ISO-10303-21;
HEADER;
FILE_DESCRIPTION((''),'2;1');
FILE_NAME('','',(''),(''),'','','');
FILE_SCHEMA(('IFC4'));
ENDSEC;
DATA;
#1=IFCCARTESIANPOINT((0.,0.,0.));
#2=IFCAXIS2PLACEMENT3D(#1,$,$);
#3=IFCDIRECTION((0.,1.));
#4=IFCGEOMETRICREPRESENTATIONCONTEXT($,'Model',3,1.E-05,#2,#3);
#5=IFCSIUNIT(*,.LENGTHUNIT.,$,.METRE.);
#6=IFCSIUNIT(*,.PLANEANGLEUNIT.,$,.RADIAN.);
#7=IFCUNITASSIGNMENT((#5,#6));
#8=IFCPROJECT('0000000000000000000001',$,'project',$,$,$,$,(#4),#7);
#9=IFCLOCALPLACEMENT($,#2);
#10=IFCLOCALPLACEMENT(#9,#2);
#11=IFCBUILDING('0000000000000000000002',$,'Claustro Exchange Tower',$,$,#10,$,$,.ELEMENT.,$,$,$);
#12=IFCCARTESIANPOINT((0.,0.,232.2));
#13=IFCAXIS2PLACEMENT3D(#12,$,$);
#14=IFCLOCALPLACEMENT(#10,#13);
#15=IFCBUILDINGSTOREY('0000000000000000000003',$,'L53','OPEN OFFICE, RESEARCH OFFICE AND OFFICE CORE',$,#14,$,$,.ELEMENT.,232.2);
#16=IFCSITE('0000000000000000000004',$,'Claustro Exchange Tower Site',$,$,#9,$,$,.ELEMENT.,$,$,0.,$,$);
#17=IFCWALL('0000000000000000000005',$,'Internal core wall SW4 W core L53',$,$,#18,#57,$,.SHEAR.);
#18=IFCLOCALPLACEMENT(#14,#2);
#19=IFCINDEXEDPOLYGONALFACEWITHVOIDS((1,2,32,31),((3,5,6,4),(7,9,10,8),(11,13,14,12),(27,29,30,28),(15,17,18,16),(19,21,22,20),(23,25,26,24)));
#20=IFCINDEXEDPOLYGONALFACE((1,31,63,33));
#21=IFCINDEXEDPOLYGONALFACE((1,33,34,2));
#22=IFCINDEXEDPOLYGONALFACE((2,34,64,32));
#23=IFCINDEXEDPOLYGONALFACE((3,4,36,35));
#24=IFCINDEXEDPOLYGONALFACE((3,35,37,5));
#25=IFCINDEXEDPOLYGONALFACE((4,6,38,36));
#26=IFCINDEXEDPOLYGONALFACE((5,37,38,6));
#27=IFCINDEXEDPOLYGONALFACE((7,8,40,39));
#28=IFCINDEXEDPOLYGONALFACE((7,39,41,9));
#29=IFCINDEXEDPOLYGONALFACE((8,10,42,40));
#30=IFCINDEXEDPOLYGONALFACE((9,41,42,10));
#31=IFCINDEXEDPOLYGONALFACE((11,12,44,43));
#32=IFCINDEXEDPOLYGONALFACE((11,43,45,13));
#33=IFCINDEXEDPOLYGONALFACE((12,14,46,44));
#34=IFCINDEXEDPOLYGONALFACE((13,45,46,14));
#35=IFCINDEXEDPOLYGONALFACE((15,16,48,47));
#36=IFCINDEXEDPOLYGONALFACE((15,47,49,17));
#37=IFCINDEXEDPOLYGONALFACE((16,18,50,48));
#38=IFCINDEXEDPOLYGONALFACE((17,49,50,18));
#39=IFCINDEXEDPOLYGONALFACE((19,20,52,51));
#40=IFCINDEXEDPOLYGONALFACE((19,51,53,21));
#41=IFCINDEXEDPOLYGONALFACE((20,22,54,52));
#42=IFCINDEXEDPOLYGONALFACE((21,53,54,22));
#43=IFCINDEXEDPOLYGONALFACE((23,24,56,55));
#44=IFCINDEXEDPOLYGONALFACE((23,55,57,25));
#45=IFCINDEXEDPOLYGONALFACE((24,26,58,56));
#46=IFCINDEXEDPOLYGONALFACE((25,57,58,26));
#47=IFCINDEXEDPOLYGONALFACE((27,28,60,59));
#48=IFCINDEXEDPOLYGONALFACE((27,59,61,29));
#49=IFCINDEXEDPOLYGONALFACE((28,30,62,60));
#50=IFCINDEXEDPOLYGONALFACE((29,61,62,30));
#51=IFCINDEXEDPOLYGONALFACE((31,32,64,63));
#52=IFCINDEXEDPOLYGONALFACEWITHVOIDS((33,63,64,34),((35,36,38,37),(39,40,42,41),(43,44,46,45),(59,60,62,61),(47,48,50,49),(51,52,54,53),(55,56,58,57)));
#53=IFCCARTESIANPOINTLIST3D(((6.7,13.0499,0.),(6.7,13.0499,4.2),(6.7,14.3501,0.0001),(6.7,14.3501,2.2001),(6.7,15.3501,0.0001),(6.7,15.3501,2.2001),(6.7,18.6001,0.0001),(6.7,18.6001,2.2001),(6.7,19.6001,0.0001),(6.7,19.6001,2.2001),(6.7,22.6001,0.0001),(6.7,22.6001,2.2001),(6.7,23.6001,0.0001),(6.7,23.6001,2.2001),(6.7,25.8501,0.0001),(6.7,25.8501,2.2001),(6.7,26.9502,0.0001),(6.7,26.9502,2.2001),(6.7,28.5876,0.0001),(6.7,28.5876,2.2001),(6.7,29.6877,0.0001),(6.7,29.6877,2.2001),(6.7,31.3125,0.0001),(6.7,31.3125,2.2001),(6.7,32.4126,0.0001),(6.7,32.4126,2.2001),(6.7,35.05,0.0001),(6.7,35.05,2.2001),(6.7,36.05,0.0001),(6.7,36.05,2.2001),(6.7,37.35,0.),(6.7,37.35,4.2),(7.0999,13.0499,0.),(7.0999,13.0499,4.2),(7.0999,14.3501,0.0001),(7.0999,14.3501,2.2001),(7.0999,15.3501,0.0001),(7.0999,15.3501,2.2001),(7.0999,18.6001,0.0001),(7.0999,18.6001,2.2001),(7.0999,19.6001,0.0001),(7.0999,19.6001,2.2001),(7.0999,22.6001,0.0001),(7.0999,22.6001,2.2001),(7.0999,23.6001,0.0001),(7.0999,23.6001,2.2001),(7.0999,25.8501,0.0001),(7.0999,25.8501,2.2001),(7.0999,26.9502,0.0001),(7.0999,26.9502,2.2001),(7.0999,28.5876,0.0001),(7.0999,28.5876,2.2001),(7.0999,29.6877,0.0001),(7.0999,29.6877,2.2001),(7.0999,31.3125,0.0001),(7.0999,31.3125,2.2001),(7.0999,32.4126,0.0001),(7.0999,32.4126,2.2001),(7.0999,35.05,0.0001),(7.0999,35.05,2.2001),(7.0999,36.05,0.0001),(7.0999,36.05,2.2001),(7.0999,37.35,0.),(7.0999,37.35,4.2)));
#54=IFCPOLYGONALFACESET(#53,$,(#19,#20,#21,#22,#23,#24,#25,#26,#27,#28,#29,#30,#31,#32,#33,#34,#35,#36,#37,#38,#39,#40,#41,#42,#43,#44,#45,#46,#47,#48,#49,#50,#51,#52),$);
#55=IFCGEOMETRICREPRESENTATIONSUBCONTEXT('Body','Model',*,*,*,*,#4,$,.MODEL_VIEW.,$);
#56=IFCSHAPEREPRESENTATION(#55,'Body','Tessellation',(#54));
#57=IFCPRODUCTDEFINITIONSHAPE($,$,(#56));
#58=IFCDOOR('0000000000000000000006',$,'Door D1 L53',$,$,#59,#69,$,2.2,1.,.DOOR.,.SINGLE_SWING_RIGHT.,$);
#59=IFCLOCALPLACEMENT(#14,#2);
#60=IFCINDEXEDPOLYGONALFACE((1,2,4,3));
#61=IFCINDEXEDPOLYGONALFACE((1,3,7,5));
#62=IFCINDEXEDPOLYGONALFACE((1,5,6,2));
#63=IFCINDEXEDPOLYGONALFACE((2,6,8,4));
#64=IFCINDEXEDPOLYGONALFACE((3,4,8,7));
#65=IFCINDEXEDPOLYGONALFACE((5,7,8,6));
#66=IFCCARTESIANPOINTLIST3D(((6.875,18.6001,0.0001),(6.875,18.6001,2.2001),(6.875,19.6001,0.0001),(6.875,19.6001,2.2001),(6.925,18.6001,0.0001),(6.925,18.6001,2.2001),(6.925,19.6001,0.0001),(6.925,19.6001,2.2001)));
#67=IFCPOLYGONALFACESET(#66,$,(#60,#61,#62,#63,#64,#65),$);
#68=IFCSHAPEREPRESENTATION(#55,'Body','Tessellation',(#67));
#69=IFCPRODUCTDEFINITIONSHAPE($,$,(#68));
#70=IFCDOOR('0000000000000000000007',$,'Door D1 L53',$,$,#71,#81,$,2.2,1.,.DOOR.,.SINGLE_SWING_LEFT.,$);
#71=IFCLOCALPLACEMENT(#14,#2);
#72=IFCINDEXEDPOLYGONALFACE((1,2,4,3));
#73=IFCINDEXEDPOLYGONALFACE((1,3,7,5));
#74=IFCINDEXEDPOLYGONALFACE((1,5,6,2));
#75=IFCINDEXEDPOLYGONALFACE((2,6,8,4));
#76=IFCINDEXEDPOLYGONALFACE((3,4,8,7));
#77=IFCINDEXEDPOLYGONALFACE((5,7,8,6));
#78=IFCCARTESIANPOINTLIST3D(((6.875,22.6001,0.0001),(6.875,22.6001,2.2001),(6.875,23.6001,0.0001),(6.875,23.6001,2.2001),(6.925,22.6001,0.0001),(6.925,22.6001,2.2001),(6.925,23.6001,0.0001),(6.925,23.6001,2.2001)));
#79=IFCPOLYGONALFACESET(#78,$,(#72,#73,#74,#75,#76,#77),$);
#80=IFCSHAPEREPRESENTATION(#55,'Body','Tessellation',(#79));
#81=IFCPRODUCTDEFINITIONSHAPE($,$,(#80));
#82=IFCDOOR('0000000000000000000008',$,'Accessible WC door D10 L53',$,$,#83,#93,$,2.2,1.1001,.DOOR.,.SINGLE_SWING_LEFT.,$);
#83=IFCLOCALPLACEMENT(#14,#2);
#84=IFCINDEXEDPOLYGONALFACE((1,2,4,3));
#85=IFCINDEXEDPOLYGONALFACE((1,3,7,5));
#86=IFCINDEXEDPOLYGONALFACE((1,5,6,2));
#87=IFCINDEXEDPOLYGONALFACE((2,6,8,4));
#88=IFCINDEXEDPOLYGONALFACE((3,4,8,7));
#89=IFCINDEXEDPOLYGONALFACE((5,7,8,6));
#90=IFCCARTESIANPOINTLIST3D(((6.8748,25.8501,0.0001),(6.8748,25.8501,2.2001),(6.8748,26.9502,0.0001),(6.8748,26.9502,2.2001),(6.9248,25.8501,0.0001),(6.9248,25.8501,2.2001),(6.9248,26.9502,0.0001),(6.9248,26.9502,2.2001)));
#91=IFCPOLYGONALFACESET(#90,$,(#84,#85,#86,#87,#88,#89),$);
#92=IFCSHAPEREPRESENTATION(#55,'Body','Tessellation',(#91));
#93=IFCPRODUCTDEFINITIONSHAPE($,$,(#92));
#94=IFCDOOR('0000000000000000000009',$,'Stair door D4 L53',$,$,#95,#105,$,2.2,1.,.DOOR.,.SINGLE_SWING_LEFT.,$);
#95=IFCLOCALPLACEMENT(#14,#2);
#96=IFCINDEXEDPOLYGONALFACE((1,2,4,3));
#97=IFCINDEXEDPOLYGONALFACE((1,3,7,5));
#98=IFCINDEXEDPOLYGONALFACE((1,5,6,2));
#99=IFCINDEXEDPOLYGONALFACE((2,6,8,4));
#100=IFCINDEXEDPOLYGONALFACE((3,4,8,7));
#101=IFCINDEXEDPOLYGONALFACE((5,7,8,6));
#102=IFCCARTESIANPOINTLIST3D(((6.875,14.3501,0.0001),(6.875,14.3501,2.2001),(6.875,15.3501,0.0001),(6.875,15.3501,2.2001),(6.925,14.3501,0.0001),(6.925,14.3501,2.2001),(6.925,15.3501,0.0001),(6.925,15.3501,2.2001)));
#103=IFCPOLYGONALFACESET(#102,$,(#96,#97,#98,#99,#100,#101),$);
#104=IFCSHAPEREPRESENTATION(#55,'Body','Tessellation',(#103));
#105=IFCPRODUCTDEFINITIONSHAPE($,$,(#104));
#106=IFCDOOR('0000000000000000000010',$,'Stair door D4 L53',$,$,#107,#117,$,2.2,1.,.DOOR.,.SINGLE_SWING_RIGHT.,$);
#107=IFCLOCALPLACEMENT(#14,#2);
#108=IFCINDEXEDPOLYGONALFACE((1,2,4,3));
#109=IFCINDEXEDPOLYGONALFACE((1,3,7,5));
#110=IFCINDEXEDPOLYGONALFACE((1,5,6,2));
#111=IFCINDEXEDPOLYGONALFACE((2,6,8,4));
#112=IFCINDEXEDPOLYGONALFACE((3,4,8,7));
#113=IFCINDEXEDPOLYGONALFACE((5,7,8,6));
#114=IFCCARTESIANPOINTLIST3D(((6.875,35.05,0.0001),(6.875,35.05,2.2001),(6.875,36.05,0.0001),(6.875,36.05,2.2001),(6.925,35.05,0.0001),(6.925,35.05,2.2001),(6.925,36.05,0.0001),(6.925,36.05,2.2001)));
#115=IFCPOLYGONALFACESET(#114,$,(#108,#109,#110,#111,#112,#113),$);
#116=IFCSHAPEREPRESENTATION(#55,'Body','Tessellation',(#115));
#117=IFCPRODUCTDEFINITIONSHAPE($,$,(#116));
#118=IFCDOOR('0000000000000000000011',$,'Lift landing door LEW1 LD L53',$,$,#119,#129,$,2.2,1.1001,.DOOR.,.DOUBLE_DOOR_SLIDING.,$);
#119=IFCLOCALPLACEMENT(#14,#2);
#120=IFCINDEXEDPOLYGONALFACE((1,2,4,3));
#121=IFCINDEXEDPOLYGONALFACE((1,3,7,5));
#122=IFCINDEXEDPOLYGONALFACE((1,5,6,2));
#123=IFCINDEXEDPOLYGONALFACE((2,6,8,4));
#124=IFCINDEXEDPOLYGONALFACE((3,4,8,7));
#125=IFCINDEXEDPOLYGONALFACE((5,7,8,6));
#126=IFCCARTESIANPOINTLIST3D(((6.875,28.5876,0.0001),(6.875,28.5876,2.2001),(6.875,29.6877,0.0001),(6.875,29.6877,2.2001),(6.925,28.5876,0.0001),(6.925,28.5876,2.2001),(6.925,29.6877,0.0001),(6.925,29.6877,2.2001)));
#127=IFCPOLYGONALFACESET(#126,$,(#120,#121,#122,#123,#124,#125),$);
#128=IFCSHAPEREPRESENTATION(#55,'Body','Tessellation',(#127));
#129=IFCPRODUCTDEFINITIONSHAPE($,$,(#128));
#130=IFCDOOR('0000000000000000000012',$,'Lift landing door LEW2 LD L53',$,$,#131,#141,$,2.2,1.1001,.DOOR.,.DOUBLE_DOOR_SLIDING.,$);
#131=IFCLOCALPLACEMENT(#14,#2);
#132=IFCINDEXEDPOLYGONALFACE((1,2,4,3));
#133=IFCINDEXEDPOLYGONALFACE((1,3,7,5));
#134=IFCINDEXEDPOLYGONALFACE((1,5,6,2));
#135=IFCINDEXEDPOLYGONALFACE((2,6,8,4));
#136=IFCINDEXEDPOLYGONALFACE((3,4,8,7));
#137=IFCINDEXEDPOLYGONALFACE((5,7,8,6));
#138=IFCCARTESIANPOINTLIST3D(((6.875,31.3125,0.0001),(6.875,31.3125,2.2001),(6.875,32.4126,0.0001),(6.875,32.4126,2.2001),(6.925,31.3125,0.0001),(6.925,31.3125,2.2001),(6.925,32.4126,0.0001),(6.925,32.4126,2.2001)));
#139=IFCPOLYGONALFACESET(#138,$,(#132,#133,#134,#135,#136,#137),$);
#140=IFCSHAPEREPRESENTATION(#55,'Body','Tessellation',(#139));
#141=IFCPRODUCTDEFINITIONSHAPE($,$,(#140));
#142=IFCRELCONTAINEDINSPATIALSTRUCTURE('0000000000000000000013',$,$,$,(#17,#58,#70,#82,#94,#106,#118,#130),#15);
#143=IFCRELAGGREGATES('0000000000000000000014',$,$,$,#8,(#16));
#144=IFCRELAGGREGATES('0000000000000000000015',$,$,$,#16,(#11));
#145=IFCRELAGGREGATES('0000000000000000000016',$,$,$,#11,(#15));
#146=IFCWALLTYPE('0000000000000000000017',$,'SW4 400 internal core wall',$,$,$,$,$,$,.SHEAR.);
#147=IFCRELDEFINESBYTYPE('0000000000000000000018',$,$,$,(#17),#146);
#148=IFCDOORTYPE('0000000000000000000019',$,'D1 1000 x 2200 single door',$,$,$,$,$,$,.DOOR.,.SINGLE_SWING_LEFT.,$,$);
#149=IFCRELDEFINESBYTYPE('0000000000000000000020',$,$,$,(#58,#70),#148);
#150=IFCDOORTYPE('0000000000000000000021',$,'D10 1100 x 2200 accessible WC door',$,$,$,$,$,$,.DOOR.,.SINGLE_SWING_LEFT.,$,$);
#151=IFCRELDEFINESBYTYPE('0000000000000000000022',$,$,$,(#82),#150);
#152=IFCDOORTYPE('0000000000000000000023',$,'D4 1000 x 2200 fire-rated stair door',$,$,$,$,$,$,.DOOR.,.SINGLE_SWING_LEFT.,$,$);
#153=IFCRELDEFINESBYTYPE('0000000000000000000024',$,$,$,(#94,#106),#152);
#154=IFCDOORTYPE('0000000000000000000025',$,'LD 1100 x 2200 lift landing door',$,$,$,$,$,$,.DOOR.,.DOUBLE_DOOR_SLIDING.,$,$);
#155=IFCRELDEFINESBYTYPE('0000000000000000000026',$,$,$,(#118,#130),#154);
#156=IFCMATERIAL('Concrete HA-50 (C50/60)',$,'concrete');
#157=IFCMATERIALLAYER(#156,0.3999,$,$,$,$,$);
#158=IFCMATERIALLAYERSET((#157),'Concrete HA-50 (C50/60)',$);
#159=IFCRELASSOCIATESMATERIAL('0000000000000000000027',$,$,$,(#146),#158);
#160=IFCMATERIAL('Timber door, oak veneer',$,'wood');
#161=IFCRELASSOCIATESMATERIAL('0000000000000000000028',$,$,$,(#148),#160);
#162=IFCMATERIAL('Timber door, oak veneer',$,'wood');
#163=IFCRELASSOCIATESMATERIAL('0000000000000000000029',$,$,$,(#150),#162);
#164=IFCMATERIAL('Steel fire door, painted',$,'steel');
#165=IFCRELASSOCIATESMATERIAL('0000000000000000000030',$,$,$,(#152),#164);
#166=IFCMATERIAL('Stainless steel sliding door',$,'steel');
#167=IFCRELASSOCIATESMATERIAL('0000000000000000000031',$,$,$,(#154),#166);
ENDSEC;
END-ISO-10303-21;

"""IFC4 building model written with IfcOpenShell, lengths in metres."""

from ifc_helpers import new_model, si_unit, direction, frame, frame_2d, origin, place, context, subcontext, project, spatial, rectangle, extrude, material, layer, layer_set, type_object, element, fill, save


model = new_model("IFC4")

# Units and contexts
model_context = context("Model", 3, precision=1e-05, world=origin(), true_north=direction((0.0, 1.0)))
body_context = subcontext(model_context, "Body", "Model", "MODEL_VIEW")
ifc_project = project(units=[si_unit("LENGTHUNIT", "METRE"), si_unit("PLANEANGLEUNIT", "RADIAN")], contexts=[model_context])

# Site, building, storey
site_placement = place(None, origin())
site = spatial("IfcSite", under=ifc_project, at=site_placement, Name="Claustro Exchange Tower Site", CompositionType="ELEMENT", RefElevation=0.0)
building_placement = place(site_placement, origin())
building = spatial("IfcBuilding", under=site, at=building_placement, Name="Claustro Exchange Tower", CompositionType="ELEMENT")
storey_placement = place(building_placement, frame((0.0, 0.0, 232.2)))
storey = spatial("IfcBuildingStorey", under=building, at=storey_placement, Name="L53", Description="OPEN OFFICE, RESEARCH OFFICE AND OFFICE CORE", CompositionType="ELEMENT", Elevation=232.2)

# Wall, openings, doors
ifc_material_1 = material(Name="Concrete HA-50 (C50/60)", Category="concrete")
ifc_layer_1 = layer(ifc_material_1, 0.3999)
ifc_layer_set_1 = layer_set([ifc_layer_1], Name="Concrete HA-50 (C50/60)")
wall_type_1 = type_object("IfcWallType", Name="SW4 400 internal core wall", PredefinedType="SHEAR", material=ifc_layer_set_1)
wall_1_placement = place(storey_placement, frame((6.8999, 13.05, 0.0), z_axis=(0.0, 0.0, 1.0), x_axis=(0.0, 1.0, 0.0)))
wall_1 = element("IfcWall", 1, at=wall_1_placement, inside=storey, type_object=wall_type_1, Name="Internal core wall SW4 W core L53", PredefinedType="SHEAR", context=body_context, shape_type="SweptSolid", body=[
    extrude(rectangle(XDim=24.3, YDim=0.3999, at=frame_2d((12.1499, 0.0))), origin(), (0.0, 0.0, 1.0), 4.2),
])
opening_1_placement = place(wall_1_placement, frame((1.3, 0.0, 0.0)))
opening_1 = element("IfcOpeningElement", 2, at=opening_1_placement, cuts=wall_1, PredefinedType="OPENING", context=body_context, shape_type="SweptSolid", body=[
    extrude(rectangle(XDim=1.0, YDim=2.2, at=frame_2d((0.5, 1.1001))), frame((0.0, 0.21, 0.0), z_axis=(0.0, -1.0, 0.0), x_axis=(1.0, 0.0, 0.0)), (0.0, 0.0, 1.0), 0.4199),
])
opening_2_placement = place(wall_1_placement, frame((22.0, 0.0, 0.0)))
opening_2 = element("IfcOpeningElement", 3, at=opening_2_placement, cuts=wall_1, PredefinedType="OPENING", context=body_context, shape_type="SweptSolid", body=[
    extrude(rectangle(XDim=1.0, YDim=2.2, at=frame_2d((0.5, 1.1001))), frame((0.0, 0.21, 0.0), z_axis=(0.0, -1.0, 0.0), x_axis=(1.0, 0.0, 0.0)), (0.0, 0.0, 1.0), 0.4199),
])
opening_3_placement = place(wall_1_placement, frame((5.55, 0.0, 0.0)))
opening_3 = element("IfcOpeningElement", 4, at=opening_3_placement, cuts=wall_1, PredefinedType="OPENING", context=body_context, shape_type="SweptSolid", body=[
    extrude(rectangle(XDim=1.0, YDim=2.2, at=frame_2d((0.5, 1.1001))), frame((0.0, 0.21, 0.0), z_axis=(0.0, -1.0, 0.0), x_axis=(1.0, 0.0, 0.0)), (0.0, 0.0, 1.0), 0.4199),
])
opening_4_placement = place(wall_1_placement, frame((9.55, 0.0, 0.0)))
opening_4 = element("IfcOpeningElement", 5, at=opening_4_placement, cuts=wall_1, PredefinedType="OPENING", context=body_context, shape_type="SweptSolid", body=[
    extrude(rectangle(XDim=1.0, YDim=2.2, at=frame_2d((0.5, 1.1001))), frame((0.0, 0.21, 0.0), z_axis=(0.0, -1.0, 0.0), x_axis=(1.0, 0.0, 0.0)), (0.0, 0.0, 1.0), 0.4199),
])
opening_5_placement = place(wall_1_placement, frame((12.8, 0.0, 0.0)))
opening_5 = element("IfcOpeningElement", 6, at=opening_5_placement, cuts=wall_1, PredefinedType="OPENING", context=body_context, shape_type="SweptSolid", body=[
    extrude(rectangle(XDim=1.1001, YDim=2.2, at=frame_2d((0.55, 1.1001))), frame((0.0, 0.21, 0.0), z_axis=(0.0, -1.0, 0.0), x_axis=(1.0, 0.0, 0.0)), (0.0, 0.0, 1.0), 0.4199),
])
opening_6_placement = place(wall_1_placement, frame((15.5376, 0.0, 0.0)))
opening_6 = element("IfcOpeningElement", 7, at=opening_6_placement, cuts=wall_1, PredefinedType="OPENING", context=body_context, shape_type="SweptSolid", body=[
    extrude(rectangle(XDim=1.1001, YDim=2.2, at=frame_2d((0.55, 1.1001))), frame((0.0, 0.21, 0.0), z_axis=(0.0, -1.0, 0.0), x_axis=(1.0, 0.0, 0.0)), (0.0, 0.0, 1.0), 0.4199),
])
opening_7_placement = place(wall_1_placement, frame((18.2625, 0.0, 0.0)))
opening_7 = element("IfcOpeningElement", 8, at=opening_7_placement, cuts=wall_1, PredefinedType="OPENING", context=body_context, shape_type="SweptSolid", body=[
    extrude(rectangle(XDim=1.1001, YDim=2.2, at=frame_2d((0.55, 1.1001))), frame((0.0, 0.21, 0.0), z_axis=(0.0, -1.0, 0.0), x_axis=(1.0, 0.0, 0.0)), (0.0, 0.0, 1.0), 0.4199),
])
ifc_material_2 = material(Name="Timber door, oak veneer", Category="wood")
door_type_1 = type_object("IfcDoorType", Name="D1 1000 x 2200 single door", OperationType="SINGLE_SWING_LEFT", PredefinedType="DOOR", material=ifc_material_2)
door_1_placement = place(opening_3_placement, origin())
door_1 = element("IfcDoor", 9, at=door_1_placement, inside=storey, type_object=door_type_1, Name="Door D1 L53", OperationType="SINGLE_SWING_RIGHT", OverallHeight=2.2, OverallWidth=1.0, PredefinedType="DOOR", context=body_context, shape_type="SweptSolid", body=[
    extrude(rectangle(XDim=1.0, YDim=2.2, at=frame_2d((0.5, 1.1001))), frame((0.0, 0.0249, 0.0), z_axis=(0.0, -1.0, 0.0), x_axis=(1.0, 0.0, 0.0)), (0.0, 0.0, 1.0), 0.05),
])
fill(opening_3, door_1)
door_2_placement = place(opening_4_placement, origin())
door_2 = element("IfcDoor", 10, at=door_2_placement, inside=storey, type_object=door_type_1, Name="Door D1 L53", OperationType="SINGLE_SWING_LEFT", OverallHeight=2.2, OverallWidth=1.0, PredefinedType="DOOR", context=body_context, shape_type="SweptSolid", body=[
    extrude(rectangle(XDim=1.0, YDim=2.2, at=frame_2d((0.5, 1.1001))), frame((0.0, 0.0249, 0.0), z_axis=(0.0, -1.0, 0.0), x_axis=(1.0, 0.0, 0.0)), (0.0, 0.0, 1.0), 0.05),
])
fill(opening_4, door_2)
ifc_material_3 = material(Name="Timber door, oak veneer", Category="wood")
door_type_2 = type_object("IfcDoorType", Name="D10 1100 x 2200 accessible WC door", OperationType="SINGLE_SWING_LEFT", PredefinedType="DOOR", material=ifc_material_3)
door_3_placement = place(opening_5_placement, frame((1.1001, 0.0, 0.0), z_axis=(0.0, 0.0, 1.0), x_axis=(-1.0, 0.0, 0.0)))
door_3 = element("IfcDoor", 11, at=door_3_placement, inside=storey, type_object=door_type_2, Name="Accessible WC door D10 L53", OperationType="SINGLE_SWING_LEFT", OverallHeight=2.2, OverallWidth=1.1001, PredefinedType="DOOR", context=body_context, shape_type="SweptSolid", body=[
    extrude(rectangle(XDim=1.1001, YDim=2.2, at=frame_2d((0.55, 1.1001))), frame((0.0, 0.0249, 0.0), z_axis=(0.0, -1.0, 0.0), x_axis=(1.0, 0.0, 0.0)), (0.0, 0.0, 1.0), 0.05),
])
fill(opening_5, door_3)
ifc_material_4 = material(Name="Steel fire door, painted", Category="steel")
door_type_3 = type_object("IfcDoorType", Name="D4 1000 x 2200 fire-rated stair door", OperationType="SINGLE_SWING_LEFT", PredefinedType="DOOR", material=ifc_material_4)
door_4_placement = place(opening_1_placement, origin())
door_4 = element("IfcDoor", 12, at=door_4_placement, inside=storey, type_object=door_type_3, Name="Stair door D4 L53", OperationType="SINGLE_SWING_LEFT", OverallHeight=2.2, OverallWidth=1.0, PredefinedType="DOOR", context=body_context, shape_type="SweptSolid", body=[
    extrude(rectangle(XDim=1.0, YDim=2.2, at=frame_2d((0.5, 1.1001))), frame((0.0, 0.0249, 0.0), z_axis=(0.0, -1.0, 0.0), x_axis=(1.0, 0.0, 0.0)), (0.0, 0.0, 1.0), 0.05),
])
fill(opening_1, door_4)
door_5_placement = place(opening_2_placement, origin())
door_5 = element("IfcDoor", 13, at=door_5_placement, inside=storey, type_object=door_type_3, Name="Stair door D4 L53", OperationType="SINGLE_SWING_RIGHT", OverallHeight=2.2, OverallWidth=1.0, PredefinedType="DOOR", context=body_context, shape_type="SweptSolid", body=[
    extrude(rectangle(XDim=1.0, YDim=2.2, at=frame_2d((0.5, 1.1001))), frame((0.0, 0.0249, 0.0), z_axis=(0.0, -1.0, 0.0), x_axis=(1.0, 0.0, 0.0)), (0.0, 0.0, 1.0), 0.05),
])
fill(opening_2, door_5)
ifc_material_5 = material(Name="Stainless steel sliding door", Category="steel")
door_type_4 = type_object("IfcDoorType", Name="LD 1100 x 2200 lift landing door", OperationType="DOUBLE_DOOR_SLIDING", PredefinedType="DOOR", material=ifc_material_5)
door_6_placement = place(opening_6_placement, origin())
door_6 = element("IfcDoor", 14, at=door_6_placement, inside=storey, type_object=door_type_4, Name="Lift landing door LEW1 LD L53", OperationType="DOUBLE_DOOR_SLIDING", OverallHeight=2.2, OverallWidth=1.1001, PredefinedType="DOOR", context=body_context, shape_type="SweptSolid", body=[
    extrude(rectangle(XDim=1.1001, YDim=2.2, at=frame_2d((0.55, 1.1001))), frame((0.0, 0.0249, 0.0), z_axis=(0.0, -1.0, 0.0), x_axis=(1.0, 0.0, 0.0)), (0.0, 0.0, 1.0), 0.05),
])
fill(opening_6, door_6)
door_7_placement = place(opening_7_placement, origin())
door_7 = element("IfcDoor", 15, at=door_7_placement, inside=storey, type_object=door_type_4, Name="Lift landing door LEW2 LD L53", OperationType="DOUBLE_DOOR_SLIDING", OverallHeight=2.2, OverallWidth=1.1001, PredefinedType="DOOR", context=body_context, shape_type="SweptSolid", body=[
    extrude(rectangle(XDim=1.1001, YDim=2.2, at=frame_2d((0.55, 1.1001))), frame((0.0, 0.0249, 0.0), z_axis=(0.0, -1.0, 0.0), x_axis=(1.0, 0.0, 0.0)), (0.0, 0.0, 1.0), 0.05),
])
fill(opening_7, door_7)

save(model, "model.ifc")
